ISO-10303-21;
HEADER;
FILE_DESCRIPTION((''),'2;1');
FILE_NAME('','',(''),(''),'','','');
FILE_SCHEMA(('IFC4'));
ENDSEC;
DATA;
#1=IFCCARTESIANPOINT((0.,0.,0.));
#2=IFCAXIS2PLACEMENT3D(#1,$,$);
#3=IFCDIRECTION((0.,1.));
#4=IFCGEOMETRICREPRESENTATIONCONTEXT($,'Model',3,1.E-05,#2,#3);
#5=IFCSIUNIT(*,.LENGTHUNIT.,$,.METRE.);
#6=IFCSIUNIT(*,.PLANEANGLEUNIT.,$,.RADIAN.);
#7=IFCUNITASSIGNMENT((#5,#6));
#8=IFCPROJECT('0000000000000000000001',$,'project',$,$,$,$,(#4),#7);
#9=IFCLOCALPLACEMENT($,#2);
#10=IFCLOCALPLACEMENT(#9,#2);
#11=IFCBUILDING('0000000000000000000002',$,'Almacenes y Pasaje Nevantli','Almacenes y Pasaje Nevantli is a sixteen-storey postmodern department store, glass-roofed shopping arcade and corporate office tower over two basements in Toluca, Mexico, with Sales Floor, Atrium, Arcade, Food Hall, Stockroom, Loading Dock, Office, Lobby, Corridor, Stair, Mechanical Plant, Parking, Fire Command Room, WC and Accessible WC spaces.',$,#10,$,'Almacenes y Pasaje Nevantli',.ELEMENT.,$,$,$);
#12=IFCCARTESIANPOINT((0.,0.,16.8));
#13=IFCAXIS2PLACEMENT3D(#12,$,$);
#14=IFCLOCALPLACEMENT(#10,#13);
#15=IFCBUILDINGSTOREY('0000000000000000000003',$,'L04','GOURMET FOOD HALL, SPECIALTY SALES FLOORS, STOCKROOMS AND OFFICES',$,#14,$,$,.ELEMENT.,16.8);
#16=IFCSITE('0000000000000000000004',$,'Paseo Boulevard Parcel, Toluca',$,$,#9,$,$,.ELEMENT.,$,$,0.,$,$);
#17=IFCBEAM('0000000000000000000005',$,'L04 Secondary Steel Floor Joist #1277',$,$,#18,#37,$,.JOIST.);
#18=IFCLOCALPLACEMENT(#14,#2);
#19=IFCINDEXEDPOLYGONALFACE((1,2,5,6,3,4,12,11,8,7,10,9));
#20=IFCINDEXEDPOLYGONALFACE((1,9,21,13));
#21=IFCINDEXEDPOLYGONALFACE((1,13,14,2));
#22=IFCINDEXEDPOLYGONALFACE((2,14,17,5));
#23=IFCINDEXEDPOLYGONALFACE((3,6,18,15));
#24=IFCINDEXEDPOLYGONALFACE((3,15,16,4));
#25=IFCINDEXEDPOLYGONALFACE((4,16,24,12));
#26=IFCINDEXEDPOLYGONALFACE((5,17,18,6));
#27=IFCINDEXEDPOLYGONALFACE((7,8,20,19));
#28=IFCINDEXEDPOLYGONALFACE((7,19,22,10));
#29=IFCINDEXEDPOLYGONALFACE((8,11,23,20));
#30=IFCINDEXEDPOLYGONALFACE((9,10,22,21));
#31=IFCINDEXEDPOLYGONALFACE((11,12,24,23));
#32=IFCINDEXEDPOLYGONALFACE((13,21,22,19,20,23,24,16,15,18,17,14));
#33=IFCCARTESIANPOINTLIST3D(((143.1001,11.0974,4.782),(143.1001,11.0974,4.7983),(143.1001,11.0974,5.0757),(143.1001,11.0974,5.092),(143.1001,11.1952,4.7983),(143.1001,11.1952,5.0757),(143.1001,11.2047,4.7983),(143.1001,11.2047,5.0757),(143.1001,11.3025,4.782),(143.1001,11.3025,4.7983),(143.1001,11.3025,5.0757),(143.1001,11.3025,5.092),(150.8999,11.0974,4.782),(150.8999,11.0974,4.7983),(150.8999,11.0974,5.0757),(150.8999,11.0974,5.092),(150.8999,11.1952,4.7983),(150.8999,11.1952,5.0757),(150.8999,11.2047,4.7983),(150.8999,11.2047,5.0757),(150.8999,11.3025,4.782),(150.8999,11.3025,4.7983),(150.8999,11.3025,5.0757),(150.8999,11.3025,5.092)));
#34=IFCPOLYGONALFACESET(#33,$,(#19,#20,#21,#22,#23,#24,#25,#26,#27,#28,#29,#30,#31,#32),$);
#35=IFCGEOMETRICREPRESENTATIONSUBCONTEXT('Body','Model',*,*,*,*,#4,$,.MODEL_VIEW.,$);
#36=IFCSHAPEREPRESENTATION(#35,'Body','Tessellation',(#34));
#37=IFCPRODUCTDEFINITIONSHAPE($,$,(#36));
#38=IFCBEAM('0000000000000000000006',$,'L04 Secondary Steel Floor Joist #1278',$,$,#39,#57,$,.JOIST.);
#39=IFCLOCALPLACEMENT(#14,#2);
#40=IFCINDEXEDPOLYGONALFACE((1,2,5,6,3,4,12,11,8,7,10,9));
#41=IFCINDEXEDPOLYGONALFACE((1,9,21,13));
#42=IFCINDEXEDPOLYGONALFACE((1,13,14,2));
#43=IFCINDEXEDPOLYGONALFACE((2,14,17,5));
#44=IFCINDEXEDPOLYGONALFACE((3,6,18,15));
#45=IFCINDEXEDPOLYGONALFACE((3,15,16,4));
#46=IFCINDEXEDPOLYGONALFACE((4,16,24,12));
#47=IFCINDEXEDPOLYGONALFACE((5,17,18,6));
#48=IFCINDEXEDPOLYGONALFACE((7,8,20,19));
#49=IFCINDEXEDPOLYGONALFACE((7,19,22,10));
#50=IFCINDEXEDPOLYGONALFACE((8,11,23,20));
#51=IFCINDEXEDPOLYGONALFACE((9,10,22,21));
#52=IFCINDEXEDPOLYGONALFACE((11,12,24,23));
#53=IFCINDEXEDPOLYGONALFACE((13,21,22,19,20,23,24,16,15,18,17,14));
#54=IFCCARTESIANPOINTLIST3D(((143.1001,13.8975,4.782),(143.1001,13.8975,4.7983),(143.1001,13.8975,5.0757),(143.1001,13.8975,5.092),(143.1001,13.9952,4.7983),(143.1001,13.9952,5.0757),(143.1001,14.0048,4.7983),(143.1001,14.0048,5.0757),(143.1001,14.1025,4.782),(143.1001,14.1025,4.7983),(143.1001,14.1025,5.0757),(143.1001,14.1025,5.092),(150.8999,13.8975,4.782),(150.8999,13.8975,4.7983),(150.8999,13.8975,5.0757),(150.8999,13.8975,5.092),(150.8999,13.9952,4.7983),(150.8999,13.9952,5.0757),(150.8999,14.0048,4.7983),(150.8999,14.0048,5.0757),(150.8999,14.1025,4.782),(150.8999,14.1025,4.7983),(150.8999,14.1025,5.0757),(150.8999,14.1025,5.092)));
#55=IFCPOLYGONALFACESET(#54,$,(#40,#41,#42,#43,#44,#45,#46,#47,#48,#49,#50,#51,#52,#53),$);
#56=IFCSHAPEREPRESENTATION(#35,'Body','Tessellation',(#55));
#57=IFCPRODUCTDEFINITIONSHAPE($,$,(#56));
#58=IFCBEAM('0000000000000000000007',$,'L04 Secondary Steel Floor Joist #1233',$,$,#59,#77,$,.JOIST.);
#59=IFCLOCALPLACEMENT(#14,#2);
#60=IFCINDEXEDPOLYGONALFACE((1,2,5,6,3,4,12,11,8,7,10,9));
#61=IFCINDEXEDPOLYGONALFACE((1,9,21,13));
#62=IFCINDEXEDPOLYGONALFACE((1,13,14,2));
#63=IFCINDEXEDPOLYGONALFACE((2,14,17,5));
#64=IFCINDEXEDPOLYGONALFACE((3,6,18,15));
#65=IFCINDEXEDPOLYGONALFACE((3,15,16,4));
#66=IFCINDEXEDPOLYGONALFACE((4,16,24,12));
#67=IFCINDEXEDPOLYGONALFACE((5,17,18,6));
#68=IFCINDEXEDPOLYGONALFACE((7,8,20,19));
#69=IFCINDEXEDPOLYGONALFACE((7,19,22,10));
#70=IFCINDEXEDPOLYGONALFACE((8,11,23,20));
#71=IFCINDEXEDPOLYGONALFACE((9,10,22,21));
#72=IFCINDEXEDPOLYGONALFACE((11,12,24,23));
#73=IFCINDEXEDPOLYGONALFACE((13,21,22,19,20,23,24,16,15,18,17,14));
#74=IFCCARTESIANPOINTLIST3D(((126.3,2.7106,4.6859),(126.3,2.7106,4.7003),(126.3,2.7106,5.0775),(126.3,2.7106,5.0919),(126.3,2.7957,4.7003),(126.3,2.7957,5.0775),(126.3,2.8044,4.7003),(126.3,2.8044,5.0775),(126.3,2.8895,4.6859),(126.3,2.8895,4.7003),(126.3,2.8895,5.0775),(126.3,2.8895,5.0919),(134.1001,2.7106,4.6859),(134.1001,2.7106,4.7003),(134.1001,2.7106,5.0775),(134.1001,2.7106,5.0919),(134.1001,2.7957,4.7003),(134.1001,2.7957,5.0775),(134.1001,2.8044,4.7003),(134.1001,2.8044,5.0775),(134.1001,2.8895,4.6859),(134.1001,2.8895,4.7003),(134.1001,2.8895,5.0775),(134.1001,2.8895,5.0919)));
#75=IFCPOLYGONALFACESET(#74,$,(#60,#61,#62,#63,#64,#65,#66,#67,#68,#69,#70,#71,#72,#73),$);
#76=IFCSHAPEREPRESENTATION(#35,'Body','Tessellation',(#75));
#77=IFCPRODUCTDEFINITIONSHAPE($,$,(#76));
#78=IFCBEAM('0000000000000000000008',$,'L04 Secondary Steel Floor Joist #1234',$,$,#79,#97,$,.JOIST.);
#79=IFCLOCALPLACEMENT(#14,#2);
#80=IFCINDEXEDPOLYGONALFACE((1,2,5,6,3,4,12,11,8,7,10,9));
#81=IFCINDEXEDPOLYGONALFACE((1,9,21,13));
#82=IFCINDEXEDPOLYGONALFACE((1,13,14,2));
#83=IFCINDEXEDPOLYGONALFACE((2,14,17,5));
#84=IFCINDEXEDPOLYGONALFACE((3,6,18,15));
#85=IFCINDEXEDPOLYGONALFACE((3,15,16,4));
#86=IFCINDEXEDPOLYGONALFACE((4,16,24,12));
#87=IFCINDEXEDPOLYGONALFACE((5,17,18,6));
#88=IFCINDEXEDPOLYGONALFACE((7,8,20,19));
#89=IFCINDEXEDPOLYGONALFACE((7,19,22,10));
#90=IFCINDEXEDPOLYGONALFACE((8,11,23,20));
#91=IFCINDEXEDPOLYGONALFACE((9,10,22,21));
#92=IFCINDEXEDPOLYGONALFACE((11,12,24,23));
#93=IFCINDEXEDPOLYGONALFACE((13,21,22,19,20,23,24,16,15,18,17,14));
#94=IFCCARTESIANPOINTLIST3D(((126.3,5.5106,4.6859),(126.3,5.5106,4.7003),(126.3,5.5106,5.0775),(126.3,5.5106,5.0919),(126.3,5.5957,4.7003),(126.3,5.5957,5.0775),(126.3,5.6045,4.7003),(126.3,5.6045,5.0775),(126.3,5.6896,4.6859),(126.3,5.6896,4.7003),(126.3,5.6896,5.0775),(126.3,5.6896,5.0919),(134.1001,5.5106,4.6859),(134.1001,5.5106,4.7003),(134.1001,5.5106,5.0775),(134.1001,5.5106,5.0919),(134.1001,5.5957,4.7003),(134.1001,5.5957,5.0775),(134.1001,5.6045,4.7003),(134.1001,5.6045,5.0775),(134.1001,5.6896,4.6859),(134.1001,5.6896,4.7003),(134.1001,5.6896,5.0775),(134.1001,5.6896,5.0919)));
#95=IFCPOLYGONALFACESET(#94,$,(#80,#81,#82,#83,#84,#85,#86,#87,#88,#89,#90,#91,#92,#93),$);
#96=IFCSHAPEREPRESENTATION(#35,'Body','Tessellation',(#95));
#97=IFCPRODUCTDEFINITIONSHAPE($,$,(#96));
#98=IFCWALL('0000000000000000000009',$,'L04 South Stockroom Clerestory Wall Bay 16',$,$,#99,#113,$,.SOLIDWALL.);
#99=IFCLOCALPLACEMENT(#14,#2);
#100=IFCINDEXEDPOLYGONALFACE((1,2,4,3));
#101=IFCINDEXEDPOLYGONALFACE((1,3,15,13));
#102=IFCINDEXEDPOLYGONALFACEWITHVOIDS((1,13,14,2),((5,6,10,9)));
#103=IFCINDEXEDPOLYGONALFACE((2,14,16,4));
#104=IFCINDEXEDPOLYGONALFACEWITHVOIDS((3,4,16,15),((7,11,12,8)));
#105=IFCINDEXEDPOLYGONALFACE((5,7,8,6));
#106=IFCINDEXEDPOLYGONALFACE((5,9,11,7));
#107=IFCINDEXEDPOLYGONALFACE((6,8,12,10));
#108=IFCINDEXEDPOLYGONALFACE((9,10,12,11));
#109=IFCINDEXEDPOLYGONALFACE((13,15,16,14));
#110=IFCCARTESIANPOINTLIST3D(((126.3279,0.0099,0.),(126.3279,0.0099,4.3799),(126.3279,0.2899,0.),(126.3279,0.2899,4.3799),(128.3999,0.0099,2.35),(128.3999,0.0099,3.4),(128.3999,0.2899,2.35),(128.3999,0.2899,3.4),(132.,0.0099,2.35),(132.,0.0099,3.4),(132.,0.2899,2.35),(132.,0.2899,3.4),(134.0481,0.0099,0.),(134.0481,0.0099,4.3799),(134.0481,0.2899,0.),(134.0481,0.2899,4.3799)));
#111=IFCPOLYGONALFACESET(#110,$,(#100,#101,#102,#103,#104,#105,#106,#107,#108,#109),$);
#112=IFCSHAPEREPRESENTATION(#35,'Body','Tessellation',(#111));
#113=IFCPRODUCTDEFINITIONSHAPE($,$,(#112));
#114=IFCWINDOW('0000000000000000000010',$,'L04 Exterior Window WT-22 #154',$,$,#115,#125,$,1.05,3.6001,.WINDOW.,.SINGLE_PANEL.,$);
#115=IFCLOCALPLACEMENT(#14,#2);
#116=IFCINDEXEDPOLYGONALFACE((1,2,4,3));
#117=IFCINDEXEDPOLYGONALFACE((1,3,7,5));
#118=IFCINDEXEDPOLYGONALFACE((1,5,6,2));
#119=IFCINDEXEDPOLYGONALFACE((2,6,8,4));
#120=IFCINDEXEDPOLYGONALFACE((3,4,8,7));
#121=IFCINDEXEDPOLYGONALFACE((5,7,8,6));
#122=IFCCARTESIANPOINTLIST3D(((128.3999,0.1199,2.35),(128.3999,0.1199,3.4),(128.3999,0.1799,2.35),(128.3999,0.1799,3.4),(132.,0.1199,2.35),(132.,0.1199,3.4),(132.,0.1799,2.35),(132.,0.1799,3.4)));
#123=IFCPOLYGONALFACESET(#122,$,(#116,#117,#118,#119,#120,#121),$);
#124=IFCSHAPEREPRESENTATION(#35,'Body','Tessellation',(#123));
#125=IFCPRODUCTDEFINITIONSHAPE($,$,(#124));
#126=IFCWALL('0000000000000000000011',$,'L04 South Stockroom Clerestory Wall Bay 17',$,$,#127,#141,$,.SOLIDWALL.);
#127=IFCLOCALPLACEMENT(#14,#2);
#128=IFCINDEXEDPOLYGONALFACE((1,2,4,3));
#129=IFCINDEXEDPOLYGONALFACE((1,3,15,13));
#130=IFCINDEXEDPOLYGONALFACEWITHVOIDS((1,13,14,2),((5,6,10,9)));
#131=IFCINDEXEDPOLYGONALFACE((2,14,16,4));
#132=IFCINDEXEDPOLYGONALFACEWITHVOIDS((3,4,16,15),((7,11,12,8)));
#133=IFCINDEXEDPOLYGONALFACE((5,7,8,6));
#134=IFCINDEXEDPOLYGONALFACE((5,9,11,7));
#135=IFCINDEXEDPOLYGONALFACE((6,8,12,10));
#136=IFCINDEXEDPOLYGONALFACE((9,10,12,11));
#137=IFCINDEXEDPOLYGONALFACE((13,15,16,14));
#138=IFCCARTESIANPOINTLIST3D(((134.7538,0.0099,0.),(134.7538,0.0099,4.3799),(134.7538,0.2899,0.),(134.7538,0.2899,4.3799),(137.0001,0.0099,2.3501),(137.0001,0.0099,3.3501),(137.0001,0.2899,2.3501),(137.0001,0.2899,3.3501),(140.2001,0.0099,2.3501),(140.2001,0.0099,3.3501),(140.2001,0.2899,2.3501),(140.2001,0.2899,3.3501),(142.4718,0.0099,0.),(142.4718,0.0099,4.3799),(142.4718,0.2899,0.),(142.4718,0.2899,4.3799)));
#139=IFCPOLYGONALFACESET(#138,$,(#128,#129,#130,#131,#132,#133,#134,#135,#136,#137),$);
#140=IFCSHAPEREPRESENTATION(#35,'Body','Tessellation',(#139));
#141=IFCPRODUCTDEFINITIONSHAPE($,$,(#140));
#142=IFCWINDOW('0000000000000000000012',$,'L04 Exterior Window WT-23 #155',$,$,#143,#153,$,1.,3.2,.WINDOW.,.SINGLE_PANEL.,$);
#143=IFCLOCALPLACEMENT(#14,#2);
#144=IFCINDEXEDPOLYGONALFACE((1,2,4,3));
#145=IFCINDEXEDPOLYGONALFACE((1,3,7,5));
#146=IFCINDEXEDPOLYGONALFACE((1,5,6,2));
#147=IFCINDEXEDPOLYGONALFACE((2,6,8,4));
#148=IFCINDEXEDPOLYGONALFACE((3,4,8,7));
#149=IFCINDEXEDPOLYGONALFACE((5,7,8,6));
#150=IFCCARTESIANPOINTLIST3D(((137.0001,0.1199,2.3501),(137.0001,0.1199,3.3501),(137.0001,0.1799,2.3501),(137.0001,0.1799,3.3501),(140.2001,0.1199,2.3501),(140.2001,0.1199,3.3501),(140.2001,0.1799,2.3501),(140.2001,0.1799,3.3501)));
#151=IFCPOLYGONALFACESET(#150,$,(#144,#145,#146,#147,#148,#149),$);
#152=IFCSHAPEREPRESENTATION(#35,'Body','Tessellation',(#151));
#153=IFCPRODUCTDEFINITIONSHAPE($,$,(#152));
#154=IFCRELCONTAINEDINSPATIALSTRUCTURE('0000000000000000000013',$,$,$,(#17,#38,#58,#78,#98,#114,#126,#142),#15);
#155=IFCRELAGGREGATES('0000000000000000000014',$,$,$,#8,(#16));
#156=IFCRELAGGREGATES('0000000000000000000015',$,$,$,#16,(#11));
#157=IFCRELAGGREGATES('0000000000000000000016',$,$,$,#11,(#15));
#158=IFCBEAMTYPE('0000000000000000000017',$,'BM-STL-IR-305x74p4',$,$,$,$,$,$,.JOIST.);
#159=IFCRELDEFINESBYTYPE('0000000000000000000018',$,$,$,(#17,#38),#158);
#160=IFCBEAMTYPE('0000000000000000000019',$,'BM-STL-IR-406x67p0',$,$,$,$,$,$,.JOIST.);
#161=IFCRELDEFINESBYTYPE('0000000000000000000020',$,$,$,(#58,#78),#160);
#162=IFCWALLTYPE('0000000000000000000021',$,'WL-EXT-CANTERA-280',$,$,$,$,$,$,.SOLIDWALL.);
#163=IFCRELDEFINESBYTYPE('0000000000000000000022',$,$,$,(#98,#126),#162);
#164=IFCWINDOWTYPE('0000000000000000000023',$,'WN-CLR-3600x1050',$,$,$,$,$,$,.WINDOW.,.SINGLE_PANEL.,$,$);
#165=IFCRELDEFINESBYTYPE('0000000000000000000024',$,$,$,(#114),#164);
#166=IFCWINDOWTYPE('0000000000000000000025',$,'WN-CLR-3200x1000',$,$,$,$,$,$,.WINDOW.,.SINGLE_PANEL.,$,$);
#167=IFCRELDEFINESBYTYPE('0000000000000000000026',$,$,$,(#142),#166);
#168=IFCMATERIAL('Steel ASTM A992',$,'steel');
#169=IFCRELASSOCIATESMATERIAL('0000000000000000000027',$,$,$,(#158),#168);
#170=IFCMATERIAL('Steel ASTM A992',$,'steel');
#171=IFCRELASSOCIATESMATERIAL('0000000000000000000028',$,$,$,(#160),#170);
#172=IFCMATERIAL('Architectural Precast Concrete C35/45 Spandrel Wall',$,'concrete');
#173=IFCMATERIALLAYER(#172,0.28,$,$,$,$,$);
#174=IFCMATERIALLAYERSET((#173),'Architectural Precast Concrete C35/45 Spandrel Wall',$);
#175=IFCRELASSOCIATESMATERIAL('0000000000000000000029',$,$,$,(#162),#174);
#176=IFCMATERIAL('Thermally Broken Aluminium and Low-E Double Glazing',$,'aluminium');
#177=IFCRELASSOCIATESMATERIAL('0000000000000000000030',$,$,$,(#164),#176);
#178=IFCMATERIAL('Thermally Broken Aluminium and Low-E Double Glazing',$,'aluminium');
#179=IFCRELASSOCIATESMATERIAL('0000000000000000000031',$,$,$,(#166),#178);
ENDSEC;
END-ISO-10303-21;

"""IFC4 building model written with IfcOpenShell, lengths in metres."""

from ifc_helpers import new_model, si_unit, direction, frame, frame_2d, origin, origin_2d, place, context, subcontext, project, spatial, rectangle, i_section, extrude, material, layer, layer_set, material_profile, profile_set, type_object, element, fill, save


model = new_model("IFC4")

# Units and contexts
model_context = context("Model", 3, precision=1e-05, world=origin(), true_north=direction((0.0, 1.0)))
body_context = subcontext(model_context, "Body", "Model", "MODEL_VIEW")
ifc_project = project(units=[si_unit("LENGTHUNIT", "METRE"), si_unit("PLANEANGLEUNIT", "RADIAN")], contexts=[model_context])

# Site, building, storey
site_placement = place(None, origin())
site = spatial("IfcSite", under=ifc_project, at=site_placement, Name="Paseo Boulevard Parcel, Toluca", CompositionType="ELEMENT", RefElevation=0.0)
building_placement = place(site_placement, origin())
building = spatial("IfcBuilding", under=site, at=building_placement, Name="Almacenes y Pasaje Nevantli", Description="Almacenes y Pasaje Nevantli is a sixteen-storey postmodern department store, glass-roofed shopping arcade and corporate office tower over two basements in Toluca, Mexico, with Sales Floor, Atrium, Arcade, Food Hall, Stockroom, Loading Dock, Office, Lobby, Corridor, Stair, Mechanical Plant, Parking, Fire Command Room, WC and Accessible WC spaces.", LongName="Almacenes y Pasaje Nevantli", CompositionType="ELEMENT")
storey_placement = place(building_placement, frame((0.0, 0.0, 16.8)))
storey = spatial("IfcBuildingStorey", under=building, at=storey_placement, Name="L04", Description="GOURMET FOOD HALL, SPECIALTY SALES FLOORS, STOCKROOMS AND OFFICES", CompositionType="ELEMENT", Elevation=16.8)

# Beams
ifc_material_1 = material(Name="Steel ASTM A992", Category="steel")
ifc_material_profile_1 = material_profile(ifc_material_1, i_section(OverallWidth=0.2051, OverallDepth=0.3101, WebThickness=0.0095, FlangeThickness=0.0164, at=origin_2d()), Name="IR 305x74.4")
ifc_profile_set_1 = profile_set([ifc_material_profile_1], Name="Steel ASTM A992")
beam_type_1 = type_object("IfcBeamType", Name="BM-STL-IR-305x74p4", PredefinedType="JOIST", material=ifc_profile_set_1)
for number, where, z_axis, x_axis, name in (
    (1, (143.1001, 11.2, 4.937), (1.0, 0.0, 0.0), (0.0, 1.0, 0.0), "L04 Secondary Steel Floor Joist #1277"),
    (2, (143.1001, 14.0, 4.937), (1.0, 0.0, 0.0), (0.0, 1.0, 0.0), "L04 Secondary Steel Floor Joist #1278"),
):
    element("IfcBeam", number, at=place(storey_placement, frame(where, z_axis=z_axis, x_axis=x_axis)), inside=storey, type_object=beam_type_1, Name=name, PredefinedType="JOIST", context=body_context, shape_type="SweptSolid", body=[
        extrude(i_section(OverallWidth=0.2051, OverallDepth=0.3101, WebThickness=0.0095, FlangeThickness=0.0164, at=origin_2d()), origin(), (0.0, 0.0, 1.0), 7.7998),
    ])
ifc_material_2 = material(Name="Steel ASTM A992", Category="steel")
ifc_material_profile_2 = material_profile(ifc_material_2, i_section(OverallWidth=0.179, OverallDepth=0.406, WebThickness=0.0088, FlangeThickness=0.0144, at=origin_2d()), Name="IR 406x67.0")
ifc_profile_set_2 = profile_set([ifc_material_profile_2], Name="Steel ASTM A992")
beam_type_2 = type_object("IfcBeamType", Name="BM-STL-IR-406x67p0", PredefinedType="JOIST", material=ifc_profile_set_2)
for number, where, z_axis, x_axis, name in (
    (3, (126.3, 2.8, 4.8889), (1.0, 0.0, 0.0), (0.0, 1.0, 0.0), "L04 Secondary Steel Floor Joist #1233"),
    (4, (126.3, 5.6001, 4.8889), (1.0, 0.0, 0.0), (0.0, 1.0, 0.0), "L04 Secondary Steel Floor Joist #1234"),
):
    element("IfcBeam", number, at=place(storey_placement, frame(where, z_axis=z_axis, x_axis=x_axis)), inside=storey, type_object=beam_type_2, Name=name, PredefinedType="JOIST", context=body_context, shape_type="SweptSolid", body=[
        extrude(i_section(OverallWidth=0.179, OverallDepth=0.406, WebThickness=0.0088, FlangeThickness=0.0144, at=origin_2d()), origin(), (0.0, 0.0, 1.0), 7.8),
    ])

# Walls, openings, windows
ifc_material_3 = material(Name="Architectural Precast Concrete C35/45 Spandrel Wall", Category="concrete")
ifc_layer = layer(ifc_material_3, 0.28)
ifc_layer_set = layer_set([ifc_layer], Name="Architectural Precast Concrete C35/45 Spandrel Wall")
wall_type = type_object("IfcWallType", Name="WL-EXT-CANTERA-280", PredefinedType="SOLIDWALL", material=ifc_layer_set)
wall_1_placement = place(storey_placement, frame((126.3279, 0.1499, 0.0), z_axis=(0.0, 0.0, 1.0), x_axis=(1.0, 0.0, 0.0)))
wall_1 = element("IfcWall", 5, at=wall_1_placement, inside=storey, type_object=wall_type, Name="L04 South Stockroom Clerestory Wall Bay 16", PredefinedType="SOLIDWALL", context=body_context, shape_type="SweptSolid", body=[
    extrude(rectangle(XDim=7.7202, YDim=0.28, at=frame_2d((3.8601, 0.0))), origin(), (0.0, 0.0, 1.0), 4.3799),
])
opening_1_placement = place(wall_1_placement, frame((2.072, 0.0, 2.3501)))
opening_1 = element("IfcOpeningElement", 6, at=opening_1_placement, cuts=wall_1, PredefinedType="OPENING", context=body_context, shape_type="SweptSolid", body=[
    extrude(rectangle(XDim=3.6001, YDim=1.05, at=frame_2d((1.8, 0.5249))), frame((0.0, 0.1499, 0.0), z_axis=(0.0, -1.0, 0.0), x_axis=(1.0, 0.0, 0.0)), (0.0, 0.0, 1.0), 0.3),
])
ifc_material_4 = material(Name="Thermally Broken Aluminium and Low-E Double Glazing", Category="aluminium")
window_type_1 = type_object("IfcWindowType", Name="WN-CLR-3600x1050", PartitioningType="SINGLE_PANEL", PredefinedType="WINDOW", material=ifc_material_4)
window_1_placement = place(opening_1_placement, origin())
window_1 = element("IfcWindow", 7, at=window_1_placement, inside=storey, type_object=window_type_1, Name="L04 Exterior Window WT-22 #154", OverallHeight=1.05, OverallWidth=3.6001, PartitioningType="SINGLE_PANEL", PredefinedType="WINDOW", context=body_context, shape_type="SweptSolid", body=[
    extrude(rectangle(XDim=3.6001, YDim=1.05, at=frame_2d((1.8, 0.5249))), frame((0.0, 0.03, 0.0), z_axis=(0.0, -1.0, 0.0), x_axis=(1.0, 0.0, 0.0)), (0.0, 0.0, 1.0), 0.0601),
])
fill(opening_1, window_1)
wall_2_placement = place(storey_placement, frame((134.7539, 0.1499, 0.0), z_axis=(0.0, 0.0, 1.0), x_axis=(1.0, 0.0, 0.0)))
wall_2 = element("IfcWall", 8, at=wall_2_placement, inside=storey, type_object=wall_type, Name="L04 South Stockroom Clerestory Wall Bay 17", PredefinedType="SOLIDWALL", context=body_context, shape_type="SweptSolid", body=[
    extrude(rectangle(XDim=7.718, YDim=0.28, at=frame_2d((3.8589, 0.0))), origin(), (0.0, 0.0, 1.0), 4.3799),
])
opening_2_placement = place(wall_2_placement, frame((2.2461, 0.0, 2.3501)))
opening_2 = element("IfcOpeningElement", 9, at=opening_2_placement, cuts=wall_2, PredefinedType="OPENING", context=body_context, shape_type="SweptSolid", body=[
    extrude(rectangle(XDim=3.2, YDim=1.0, at=frame_2d((1.6001, 0.5))), frame((0.0, 0.1499, 0.0), z_axis=(0.0, -1.0, 0.0), x_axis=(1.0, 0.0, 0.0)), (0.0, 0.0, 1.0), 0.3),
])
ifc_material_5 = material(Name="Thermally Broken Aluminium and Low-E Double Glazing", Category="aluminium")
window_type_2 = type_object("IfcWindowType", Name="WN-CLR-3200x1000", PartitioningType="SINGLE_PANEL", PredefinedType="WINDOW", material=ifc_material_5)
window_2_placement = place(opening_2_placement, origin())
window_2 = element("IfcWindow", 10, at=window_2_placement, inside=storey, type_object=window_type_2, Name="L04 Exterior Window WT-23 #155", OverallHeight=1.0, OverallWidth=3.2, PartitioningType="SINGLE_PANEL", PredefinedType="WINDOW", context=body_context, shape_type="SweptSolid", body=[
    extrude(rectangle(XDim=3.2, YDim=1.0, at=frame_2d((1.6001, 0.5))), frame((0.0, 0.03, 0.0), z_axis=(0.0, -1.0, 0.0), x_axis=(1.0, 0.0, 0.0)), (0.0, 0.0, 1.0), 0.0601),
])
fill(opening_2, window_2)

save(model, "model.ifc")
